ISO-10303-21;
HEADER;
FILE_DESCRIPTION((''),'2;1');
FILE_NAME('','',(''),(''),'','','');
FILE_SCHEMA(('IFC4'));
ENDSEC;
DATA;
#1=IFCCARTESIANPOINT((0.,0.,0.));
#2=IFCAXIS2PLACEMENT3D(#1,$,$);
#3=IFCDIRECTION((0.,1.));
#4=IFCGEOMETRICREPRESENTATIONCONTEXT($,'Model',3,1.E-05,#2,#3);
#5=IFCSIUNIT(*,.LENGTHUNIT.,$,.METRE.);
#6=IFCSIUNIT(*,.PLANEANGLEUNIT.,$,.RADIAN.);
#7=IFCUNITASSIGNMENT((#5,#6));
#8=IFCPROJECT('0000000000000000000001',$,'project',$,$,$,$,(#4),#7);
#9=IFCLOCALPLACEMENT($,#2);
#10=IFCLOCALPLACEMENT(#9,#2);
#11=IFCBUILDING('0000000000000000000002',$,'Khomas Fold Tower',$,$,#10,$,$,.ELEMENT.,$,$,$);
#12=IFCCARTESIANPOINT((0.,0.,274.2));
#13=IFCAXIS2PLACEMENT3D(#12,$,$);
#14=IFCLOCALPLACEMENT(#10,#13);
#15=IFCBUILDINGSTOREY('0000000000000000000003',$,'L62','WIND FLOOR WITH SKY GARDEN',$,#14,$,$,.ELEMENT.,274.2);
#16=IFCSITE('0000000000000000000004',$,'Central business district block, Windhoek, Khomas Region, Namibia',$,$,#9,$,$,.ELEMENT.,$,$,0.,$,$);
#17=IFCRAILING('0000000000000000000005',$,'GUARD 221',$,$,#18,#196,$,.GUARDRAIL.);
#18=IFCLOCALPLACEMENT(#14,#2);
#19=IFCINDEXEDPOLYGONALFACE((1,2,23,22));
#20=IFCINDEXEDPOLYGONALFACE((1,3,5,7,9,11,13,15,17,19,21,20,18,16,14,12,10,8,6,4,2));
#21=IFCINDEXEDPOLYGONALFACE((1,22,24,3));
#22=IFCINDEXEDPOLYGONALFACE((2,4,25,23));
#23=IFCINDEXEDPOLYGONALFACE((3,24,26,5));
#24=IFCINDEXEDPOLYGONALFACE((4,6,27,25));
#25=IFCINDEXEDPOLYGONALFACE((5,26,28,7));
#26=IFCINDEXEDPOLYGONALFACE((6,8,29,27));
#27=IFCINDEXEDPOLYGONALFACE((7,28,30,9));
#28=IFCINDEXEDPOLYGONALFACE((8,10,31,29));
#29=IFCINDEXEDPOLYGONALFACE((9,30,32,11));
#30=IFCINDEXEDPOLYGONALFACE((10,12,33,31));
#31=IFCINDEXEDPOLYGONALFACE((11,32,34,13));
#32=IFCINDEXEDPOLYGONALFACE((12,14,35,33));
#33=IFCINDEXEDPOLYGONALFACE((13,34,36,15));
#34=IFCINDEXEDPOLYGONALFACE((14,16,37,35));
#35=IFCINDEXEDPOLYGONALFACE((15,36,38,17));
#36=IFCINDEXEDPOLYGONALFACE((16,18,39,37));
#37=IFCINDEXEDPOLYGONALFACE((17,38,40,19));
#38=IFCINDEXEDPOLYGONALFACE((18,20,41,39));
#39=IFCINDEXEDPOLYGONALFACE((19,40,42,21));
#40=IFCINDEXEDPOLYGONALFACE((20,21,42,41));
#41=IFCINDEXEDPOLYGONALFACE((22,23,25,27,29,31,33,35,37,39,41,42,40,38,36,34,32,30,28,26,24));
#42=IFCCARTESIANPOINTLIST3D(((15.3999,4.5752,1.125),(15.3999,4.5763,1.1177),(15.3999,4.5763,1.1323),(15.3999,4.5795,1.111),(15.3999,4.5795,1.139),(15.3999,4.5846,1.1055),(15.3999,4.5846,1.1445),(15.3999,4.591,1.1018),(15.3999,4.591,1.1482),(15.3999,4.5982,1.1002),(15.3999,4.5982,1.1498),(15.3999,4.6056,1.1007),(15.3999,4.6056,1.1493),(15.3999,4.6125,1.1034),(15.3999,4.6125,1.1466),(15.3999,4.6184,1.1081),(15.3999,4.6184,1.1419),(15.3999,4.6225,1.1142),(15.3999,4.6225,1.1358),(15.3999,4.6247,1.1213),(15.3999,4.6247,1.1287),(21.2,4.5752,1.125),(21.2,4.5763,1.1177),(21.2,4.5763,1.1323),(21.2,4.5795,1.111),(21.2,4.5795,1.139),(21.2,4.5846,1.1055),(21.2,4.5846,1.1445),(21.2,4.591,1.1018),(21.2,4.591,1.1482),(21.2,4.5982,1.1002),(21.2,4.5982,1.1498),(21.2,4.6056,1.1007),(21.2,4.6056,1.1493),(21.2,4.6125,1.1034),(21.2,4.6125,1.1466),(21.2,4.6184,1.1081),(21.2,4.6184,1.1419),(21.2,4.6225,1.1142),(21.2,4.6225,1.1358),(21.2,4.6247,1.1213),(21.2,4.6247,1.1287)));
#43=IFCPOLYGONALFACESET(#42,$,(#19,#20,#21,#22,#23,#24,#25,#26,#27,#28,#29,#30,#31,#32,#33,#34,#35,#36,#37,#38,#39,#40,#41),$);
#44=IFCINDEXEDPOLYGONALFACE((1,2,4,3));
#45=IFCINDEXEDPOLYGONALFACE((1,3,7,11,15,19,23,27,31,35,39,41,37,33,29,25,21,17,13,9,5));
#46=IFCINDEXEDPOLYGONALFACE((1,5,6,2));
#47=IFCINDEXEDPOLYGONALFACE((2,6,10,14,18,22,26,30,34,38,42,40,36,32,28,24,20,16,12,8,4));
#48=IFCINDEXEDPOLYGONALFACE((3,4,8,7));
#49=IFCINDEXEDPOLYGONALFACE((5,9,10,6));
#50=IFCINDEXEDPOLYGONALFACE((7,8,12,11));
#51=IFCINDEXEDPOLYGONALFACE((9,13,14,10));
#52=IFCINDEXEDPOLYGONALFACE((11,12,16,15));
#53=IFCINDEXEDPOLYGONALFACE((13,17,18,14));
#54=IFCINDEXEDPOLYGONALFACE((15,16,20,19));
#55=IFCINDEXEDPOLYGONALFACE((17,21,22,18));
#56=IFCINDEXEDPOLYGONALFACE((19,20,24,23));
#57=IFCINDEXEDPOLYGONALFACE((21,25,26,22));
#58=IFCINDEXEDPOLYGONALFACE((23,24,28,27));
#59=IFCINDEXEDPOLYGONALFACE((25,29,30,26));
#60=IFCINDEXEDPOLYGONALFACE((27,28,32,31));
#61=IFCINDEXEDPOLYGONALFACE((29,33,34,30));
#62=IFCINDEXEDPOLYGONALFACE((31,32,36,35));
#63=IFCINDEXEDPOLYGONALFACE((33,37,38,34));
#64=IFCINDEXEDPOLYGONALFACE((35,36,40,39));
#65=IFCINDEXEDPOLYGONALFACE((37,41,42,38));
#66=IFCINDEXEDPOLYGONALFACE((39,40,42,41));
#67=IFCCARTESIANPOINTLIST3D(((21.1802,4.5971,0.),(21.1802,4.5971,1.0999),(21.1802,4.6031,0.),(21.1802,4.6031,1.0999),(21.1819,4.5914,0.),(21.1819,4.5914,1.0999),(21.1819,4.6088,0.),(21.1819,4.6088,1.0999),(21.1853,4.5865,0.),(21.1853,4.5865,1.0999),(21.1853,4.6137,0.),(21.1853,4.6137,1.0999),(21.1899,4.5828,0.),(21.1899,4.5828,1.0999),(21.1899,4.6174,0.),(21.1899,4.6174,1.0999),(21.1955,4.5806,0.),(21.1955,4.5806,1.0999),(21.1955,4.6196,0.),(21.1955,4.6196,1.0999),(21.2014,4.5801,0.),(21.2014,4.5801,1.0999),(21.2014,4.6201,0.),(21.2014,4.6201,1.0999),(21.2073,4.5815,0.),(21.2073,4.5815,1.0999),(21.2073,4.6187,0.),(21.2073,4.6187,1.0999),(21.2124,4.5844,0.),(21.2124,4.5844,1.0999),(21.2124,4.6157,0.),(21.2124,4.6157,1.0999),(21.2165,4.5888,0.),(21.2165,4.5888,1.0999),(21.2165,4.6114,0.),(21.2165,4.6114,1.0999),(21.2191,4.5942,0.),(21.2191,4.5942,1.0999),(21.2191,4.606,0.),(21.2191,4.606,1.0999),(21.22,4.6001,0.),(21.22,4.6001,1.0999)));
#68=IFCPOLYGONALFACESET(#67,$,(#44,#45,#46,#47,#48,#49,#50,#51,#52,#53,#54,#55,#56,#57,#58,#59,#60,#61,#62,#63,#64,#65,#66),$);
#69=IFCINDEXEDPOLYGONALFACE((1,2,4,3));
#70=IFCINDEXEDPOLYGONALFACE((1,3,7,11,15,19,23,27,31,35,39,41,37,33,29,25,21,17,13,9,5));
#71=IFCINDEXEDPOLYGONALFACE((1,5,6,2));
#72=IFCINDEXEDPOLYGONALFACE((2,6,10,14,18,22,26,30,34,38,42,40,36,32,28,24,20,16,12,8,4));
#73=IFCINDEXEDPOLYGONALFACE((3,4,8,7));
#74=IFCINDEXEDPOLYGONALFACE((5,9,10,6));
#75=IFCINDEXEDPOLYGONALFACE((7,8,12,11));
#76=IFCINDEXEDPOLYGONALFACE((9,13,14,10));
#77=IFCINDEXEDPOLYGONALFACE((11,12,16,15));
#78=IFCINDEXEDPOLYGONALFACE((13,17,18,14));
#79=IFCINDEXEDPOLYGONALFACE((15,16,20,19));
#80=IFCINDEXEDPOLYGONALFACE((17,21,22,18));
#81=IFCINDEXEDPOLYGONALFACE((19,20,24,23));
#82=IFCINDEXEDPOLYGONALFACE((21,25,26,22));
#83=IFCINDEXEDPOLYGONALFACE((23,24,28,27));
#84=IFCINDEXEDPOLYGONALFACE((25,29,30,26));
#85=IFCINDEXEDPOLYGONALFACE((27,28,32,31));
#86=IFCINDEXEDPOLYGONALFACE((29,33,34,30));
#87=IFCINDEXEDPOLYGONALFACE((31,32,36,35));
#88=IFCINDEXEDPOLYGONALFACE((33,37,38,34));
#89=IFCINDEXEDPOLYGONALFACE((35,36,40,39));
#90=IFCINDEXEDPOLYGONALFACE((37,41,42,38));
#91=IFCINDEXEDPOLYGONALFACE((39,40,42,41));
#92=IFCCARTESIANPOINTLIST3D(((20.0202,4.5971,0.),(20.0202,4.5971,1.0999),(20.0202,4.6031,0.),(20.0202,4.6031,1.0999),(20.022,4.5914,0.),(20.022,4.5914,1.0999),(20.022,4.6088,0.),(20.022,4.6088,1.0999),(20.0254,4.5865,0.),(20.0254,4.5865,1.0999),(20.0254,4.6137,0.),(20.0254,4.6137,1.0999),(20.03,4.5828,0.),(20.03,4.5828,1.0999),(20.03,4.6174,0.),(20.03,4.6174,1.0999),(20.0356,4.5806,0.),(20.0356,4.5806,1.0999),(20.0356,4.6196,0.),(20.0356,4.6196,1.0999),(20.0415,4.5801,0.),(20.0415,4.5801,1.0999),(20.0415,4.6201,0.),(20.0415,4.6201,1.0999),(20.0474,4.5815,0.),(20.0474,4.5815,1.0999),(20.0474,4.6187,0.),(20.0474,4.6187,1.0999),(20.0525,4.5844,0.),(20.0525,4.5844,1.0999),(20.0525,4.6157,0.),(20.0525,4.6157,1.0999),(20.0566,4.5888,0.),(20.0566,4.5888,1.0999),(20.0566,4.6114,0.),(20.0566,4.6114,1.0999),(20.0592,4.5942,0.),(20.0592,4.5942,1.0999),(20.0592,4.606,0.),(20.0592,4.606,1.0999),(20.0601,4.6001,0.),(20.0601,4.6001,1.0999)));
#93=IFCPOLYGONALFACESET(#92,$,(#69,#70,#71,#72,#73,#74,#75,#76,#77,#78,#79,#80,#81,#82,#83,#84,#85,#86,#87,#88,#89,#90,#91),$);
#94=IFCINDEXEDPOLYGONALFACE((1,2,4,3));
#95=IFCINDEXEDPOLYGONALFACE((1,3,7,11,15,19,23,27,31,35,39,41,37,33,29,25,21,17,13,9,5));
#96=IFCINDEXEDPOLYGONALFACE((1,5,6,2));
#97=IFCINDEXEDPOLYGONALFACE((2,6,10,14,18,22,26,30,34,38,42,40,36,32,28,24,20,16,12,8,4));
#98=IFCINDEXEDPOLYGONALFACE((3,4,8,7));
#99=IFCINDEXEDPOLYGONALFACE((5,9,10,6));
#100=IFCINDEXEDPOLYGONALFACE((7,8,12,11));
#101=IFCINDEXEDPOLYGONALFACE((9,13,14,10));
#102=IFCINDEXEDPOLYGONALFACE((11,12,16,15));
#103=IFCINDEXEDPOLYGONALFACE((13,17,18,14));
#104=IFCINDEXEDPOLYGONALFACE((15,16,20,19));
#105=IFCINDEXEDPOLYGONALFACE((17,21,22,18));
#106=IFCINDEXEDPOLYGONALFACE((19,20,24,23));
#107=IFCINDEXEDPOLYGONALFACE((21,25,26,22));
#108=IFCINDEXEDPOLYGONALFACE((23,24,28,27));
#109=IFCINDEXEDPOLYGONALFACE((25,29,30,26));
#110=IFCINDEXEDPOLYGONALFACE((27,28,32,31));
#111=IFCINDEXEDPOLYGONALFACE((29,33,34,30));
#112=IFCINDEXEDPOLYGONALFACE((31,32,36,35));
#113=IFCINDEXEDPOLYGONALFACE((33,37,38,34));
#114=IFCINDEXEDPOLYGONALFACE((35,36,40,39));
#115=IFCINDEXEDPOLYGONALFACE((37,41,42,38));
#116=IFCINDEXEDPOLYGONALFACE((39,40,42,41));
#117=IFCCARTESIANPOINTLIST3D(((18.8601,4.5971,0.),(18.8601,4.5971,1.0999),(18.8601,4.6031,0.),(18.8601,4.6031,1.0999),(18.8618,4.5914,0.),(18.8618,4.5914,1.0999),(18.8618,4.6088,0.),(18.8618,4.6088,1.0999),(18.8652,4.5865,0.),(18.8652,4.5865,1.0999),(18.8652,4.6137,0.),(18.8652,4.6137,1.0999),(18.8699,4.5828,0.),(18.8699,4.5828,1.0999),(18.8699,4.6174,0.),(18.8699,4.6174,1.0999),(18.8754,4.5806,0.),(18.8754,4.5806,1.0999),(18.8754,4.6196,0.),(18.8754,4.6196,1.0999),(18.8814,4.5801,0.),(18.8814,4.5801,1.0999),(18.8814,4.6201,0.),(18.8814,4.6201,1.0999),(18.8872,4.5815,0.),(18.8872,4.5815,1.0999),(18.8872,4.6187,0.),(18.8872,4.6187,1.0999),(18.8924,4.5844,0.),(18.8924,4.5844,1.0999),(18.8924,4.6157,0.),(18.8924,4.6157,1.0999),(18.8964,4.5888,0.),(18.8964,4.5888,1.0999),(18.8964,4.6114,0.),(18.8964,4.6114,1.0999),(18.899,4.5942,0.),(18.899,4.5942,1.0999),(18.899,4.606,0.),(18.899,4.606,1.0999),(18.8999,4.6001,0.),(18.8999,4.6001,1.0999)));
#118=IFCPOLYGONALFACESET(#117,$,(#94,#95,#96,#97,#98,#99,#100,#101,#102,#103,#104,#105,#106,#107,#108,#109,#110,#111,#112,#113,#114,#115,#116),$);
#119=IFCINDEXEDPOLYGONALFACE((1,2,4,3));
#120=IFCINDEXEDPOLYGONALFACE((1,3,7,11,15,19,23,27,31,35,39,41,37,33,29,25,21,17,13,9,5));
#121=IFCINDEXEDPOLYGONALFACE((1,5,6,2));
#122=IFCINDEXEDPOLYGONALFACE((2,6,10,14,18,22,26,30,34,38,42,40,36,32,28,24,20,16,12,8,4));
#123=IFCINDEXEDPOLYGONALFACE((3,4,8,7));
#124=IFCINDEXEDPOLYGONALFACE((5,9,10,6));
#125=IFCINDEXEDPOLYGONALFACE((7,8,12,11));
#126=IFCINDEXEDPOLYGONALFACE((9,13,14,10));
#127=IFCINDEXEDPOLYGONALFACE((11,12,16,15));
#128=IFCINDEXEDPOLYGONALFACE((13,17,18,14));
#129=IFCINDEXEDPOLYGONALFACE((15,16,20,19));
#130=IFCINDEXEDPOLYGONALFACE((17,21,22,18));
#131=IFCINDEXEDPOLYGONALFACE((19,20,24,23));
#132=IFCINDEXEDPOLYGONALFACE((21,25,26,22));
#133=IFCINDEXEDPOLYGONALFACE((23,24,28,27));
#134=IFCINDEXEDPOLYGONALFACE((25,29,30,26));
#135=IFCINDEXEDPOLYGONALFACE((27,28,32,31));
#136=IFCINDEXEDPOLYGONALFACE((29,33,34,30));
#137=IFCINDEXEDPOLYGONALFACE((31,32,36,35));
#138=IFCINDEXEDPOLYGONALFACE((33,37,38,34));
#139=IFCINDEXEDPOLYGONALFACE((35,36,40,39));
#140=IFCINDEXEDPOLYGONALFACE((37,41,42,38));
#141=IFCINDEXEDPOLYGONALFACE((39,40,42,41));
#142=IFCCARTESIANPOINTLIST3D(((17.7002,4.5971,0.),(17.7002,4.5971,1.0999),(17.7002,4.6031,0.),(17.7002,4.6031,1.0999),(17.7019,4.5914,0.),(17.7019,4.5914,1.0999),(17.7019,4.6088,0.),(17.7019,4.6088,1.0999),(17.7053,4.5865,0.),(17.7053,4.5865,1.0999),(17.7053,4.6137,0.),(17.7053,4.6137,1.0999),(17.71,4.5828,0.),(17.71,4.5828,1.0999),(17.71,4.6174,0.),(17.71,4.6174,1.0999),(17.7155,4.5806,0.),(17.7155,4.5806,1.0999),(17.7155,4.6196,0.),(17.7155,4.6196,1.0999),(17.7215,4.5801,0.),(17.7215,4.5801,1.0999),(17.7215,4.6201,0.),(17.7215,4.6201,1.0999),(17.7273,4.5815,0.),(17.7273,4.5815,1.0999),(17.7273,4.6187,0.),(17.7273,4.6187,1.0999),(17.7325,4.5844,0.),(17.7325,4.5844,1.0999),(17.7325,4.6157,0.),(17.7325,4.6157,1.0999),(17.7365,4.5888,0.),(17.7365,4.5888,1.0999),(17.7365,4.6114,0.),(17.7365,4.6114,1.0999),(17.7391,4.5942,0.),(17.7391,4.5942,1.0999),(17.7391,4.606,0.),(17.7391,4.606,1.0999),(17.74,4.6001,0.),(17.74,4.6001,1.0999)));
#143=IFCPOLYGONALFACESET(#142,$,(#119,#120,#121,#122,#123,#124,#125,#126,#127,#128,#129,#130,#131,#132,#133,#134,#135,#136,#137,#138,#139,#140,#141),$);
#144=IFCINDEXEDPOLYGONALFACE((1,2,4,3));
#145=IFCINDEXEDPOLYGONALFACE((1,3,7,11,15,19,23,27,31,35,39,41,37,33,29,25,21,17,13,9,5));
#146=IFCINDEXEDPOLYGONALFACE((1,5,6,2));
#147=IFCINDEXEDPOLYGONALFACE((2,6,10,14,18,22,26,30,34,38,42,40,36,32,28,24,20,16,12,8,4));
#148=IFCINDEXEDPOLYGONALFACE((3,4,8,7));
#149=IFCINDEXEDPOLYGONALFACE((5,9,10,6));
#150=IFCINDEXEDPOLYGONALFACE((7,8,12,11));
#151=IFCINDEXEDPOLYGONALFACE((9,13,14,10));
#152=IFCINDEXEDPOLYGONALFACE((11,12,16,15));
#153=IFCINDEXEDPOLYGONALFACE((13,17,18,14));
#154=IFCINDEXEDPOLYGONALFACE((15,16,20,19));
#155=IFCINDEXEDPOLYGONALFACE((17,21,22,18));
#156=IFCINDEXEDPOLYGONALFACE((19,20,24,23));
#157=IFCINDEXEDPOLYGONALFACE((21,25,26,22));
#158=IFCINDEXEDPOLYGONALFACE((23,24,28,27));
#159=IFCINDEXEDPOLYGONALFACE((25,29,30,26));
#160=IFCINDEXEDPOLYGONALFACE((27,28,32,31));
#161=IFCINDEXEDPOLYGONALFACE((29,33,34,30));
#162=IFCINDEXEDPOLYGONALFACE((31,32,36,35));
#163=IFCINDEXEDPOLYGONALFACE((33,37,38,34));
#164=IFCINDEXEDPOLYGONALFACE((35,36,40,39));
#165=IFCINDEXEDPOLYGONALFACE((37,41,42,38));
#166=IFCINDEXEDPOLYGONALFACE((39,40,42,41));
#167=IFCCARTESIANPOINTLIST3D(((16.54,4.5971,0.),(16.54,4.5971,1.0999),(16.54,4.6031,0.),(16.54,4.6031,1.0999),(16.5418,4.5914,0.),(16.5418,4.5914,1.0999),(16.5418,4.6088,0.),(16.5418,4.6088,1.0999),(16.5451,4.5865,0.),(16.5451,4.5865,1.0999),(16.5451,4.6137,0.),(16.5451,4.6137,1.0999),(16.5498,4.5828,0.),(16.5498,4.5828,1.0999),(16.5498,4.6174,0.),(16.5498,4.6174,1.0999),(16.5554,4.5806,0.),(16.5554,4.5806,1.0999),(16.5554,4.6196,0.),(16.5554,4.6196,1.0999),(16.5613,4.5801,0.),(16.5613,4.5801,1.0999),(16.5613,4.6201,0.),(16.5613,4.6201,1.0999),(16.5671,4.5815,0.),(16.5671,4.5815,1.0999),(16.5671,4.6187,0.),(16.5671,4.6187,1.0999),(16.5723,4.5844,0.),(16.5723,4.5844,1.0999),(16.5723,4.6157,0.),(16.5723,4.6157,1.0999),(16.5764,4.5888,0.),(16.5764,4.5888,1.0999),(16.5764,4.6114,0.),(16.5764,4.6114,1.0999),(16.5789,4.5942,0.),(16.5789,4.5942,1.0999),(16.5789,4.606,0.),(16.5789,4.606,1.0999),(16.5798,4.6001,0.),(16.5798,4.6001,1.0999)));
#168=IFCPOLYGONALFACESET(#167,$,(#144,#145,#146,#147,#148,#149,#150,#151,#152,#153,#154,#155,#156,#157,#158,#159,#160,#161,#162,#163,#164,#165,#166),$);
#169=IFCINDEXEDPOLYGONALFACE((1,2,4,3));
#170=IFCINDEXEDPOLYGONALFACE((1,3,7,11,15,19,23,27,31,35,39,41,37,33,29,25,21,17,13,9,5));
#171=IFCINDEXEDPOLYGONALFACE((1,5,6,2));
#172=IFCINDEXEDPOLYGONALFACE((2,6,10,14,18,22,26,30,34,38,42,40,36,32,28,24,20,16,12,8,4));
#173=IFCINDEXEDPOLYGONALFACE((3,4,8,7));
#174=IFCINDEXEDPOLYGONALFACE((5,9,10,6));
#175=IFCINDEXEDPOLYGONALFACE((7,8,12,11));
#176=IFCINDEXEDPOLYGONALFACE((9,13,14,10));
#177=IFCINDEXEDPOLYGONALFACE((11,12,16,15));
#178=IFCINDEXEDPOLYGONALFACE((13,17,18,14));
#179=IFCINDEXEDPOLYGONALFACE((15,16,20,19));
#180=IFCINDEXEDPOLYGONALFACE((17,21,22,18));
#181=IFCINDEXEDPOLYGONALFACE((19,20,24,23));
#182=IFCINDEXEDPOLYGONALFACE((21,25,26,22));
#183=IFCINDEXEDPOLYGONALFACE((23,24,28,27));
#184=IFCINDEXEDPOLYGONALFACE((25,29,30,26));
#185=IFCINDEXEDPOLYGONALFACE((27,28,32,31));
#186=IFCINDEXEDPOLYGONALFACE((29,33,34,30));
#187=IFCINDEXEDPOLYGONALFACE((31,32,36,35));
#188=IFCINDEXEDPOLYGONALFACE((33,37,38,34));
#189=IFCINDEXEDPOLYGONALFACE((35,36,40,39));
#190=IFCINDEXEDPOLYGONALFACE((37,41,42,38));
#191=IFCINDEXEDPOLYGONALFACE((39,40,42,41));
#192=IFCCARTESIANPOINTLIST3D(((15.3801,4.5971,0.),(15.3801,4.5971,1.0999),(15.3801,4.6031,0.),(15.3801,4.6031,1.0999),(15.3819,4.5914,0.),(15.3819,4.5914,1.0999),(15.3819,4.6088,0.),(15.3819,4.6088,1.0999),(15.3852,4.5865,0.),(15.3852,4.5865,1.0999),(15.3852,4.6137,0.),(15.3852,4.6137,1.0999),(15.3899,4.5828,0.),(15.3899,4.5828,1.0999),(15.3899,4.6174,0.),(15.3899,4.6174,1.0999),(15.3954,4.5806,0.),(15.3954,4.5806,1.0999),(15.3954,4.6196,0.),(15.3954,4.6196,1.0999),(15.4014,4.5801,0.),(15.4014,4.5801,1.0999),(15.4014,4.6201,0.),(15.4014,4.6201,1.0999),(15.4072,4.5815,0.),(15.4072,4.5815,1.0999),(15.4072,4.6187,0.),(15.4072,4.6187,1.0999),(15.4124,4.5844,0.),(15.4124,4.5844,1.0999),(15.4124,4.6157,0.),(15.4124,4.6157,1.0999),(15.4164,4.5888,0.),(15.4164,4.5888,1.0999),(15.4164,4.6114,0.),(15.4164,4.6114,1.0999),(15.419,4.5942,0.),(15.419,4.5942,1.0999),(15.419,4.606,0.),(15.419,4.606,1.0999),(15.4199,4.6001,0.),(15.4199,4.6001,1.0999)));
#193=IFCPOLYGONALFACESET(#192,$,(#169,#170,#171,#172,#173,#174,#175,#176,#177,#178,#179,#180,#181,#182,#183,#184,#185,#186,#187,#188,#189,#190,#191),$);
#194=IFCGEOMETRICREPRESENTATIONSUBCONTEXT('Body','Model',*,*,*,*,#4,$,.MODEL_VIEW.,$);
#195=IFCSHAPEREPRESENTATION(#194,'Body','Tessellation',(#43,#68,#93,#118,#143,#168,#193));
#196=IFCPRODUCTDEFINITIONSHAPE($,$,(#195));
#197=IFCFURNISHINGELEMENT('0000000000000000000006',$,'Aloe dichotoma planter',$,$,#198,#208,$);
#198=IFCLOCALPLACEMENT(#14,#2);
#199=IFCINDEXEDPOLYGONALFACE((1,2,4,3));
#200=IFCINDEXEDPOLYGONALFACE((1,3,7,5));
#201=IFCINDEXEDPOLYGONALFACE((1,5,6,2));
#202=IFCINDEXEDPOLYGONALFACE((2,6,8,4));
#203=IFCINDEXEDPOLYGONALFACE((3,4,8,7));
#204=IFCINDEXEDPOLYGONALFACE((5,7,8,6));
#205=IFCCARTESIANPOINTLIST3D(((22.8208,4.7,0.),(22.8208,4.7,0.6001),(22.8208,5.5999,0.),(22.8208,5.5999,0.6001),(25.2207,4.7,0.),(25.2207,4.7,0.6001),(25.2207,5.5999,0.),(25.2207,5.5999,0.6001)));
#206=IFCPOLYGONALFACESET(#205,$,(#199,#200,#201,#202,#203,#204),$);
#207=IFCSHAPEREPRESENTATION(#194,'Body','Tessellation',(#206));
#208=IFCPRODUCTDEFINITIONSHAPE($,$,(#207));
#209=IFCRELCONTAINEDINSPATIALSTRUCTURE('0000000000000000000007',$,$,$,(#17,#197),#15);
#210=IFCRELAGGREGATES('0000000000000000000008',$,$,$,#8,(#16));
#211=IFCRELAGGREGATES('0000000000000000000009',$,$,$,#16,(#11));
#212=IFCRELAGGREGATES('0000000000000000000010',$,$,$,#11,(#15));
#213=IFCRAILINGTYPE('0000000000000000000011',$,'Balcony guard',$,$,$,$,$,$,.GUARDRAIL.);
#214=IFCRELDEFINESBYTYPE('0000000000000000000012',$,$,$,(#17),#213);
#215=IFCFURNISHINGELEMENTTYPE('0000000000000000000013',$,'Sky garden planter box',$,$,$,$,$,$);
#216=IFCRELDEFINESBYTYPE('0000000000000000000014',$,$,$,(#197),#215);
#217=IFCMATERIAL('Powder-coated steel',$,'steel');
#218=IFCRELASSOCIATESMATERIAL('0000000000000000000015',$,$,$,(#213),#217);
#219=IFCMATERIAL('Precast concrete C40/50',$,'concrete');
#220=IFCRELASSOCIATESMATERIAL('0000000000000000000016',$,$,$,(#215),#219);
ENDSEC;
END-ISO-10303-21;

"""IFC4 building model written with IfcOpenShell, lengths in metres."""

from ifc_helpers import new_model, si_unit, direction, frame, origin, origin_2d, place, context, subcontext, project, spatial, rectangle, circle, extrude, source, transform, mapped, material, type_object, element, save


model = new_model("IFC4")

# Units and contexts
model_context = context("Model", 3, precision=1e-05, world=origin(), true_north=direction((0.0, 1.0)))
body_context = subcontext(model_context, "Body", "Model", "MODEL_VIEW")
ifc_project = project(units=[si_unit("LENGTHUNIT", "METRE"), si_unit("PLANEANGLEUNIT", "RADIAN")], contexts=[model_context])

# Site, building, storey
site_placement = place(None, origin())
site = spatial("IfcSite", under=ifc_project, at=site_placement, Name="Central business district block, Windhoek, Khomas Region, Namibia", CompositionType="ELEMENT", RefElevation=0.0)
building_placement = place(site_placement, origin())
building = spatial("IfcBuilding", under=site, at=building_placement, Name="Khomas Fold Tower", CompositionType="ELEMENT")
storey_placement = place(building_placement, frame((0.0, 0.0, 274.2)))
storey = spatial("IfcBuildingStorey", under=building, at=storey_placement, Name="L62", Description="WIND FLOOR WITH SKY GARDEN", CompositionType="ELEMENT", Elevation=274.2)

# Railing
ifc_material_1 = material(Name="Powder-coated steel", Category="steel")
railing_type = type_object("IfcRailingType", Name="Balcony guard", PredefinedType="GUARDRAIL", material=ifc_material_1)
shared_shape_1 = source(origin(), body_context, "Body", "SweptSolid", [
    extrude(circle(Radius=0.0249, at=origin_2d()), frame((0.0, 0.0, 1.125), z_axis=(-1.0, 0.0, 0.0), x_axis=(0.0, -1.0, 0.0)), (0.0, 0.0, 1.0), 5.8),
    extrude(circle(Radius=0.02, at=origin_2d()), origin(), (0.0, 0.0, 1.0), 1.0999),
    extrude(circle(Radius=0.02, at=origin_2d()), frame((-1.1599, 0.0, 0.0)), (0.0, 0.0, 1.0), 1.0999),
    extrude(circle(Radius=0.02, at=origin_2d()), frame((-2.3201, 0.0, 0.0)), (0.0, 0.0, 1.0), 1.0999),
    extrude(circle(Radius=0.02, at=origin_2d()), frame((-3.48, 0.0, 0.0)), (0.0, 0.0, 1.0), 1.0999),
    extrude(circle(Radius=0.02, at=origin_2d()), frame((-4.6401, 0.0, 0.0)), (0.0, 0.0, 1.0), 1.0999),
    extrude(circle(Radius=0.02, at=origin_2d()), frame((-5.8, 0.0, 0.0)), (0.0, 0.0, 1.0), 1.0999),
])
railing_placement = place(storey_placement, frame((21.2, 4.6001, 0.0)))
element("IfcRailing", 1, at=railing_placement, inside=storey, type_object=railing_type, Name="GUARD 221", PredefinedType="GUARDRAIL", context=body_context, shape_type="MappedRepresentation", body=[
    mapped(shared_shape_1, transform((0.0, 0.0, 0.0))),
])

# Furnishing element
ifc_material_2 = material(Name="Precast concrete C40/50", Category="concrete")
furnishing_element_type_1 = type_object("IfcFurnishingElementType", Name="Sky garden planter box", material=ifc_material_2)
shared_shape_2 = source(origin(), body_context, "Body", "SweptSolid", [
    extrude(rectangle(XDim=2.3999, YDim=0.8999, at=origin_2d()), origin(), (0.0, 0.0, 1.0), 0.6001),
])
furnishing_1_placement = place(storey_placement, frame((24.0208, 5.1499, 0.0), z_axis=(0.0, 0.0, 1.0), x_axis=(-1.0, 0.0, 0.0)))
element("IfcFurnishingElement", 2, at=furnishing_1_placement, inside=storey, type_object=furnishing_element_type_1, Name="Aloe dichotoma planter", context=body_context, shape_type="MappedRepresentation", body=[
    mapped(shared_shape_2, transform((0.0, 0.0, 0.0))),
])

save(model, "model.ifc")
